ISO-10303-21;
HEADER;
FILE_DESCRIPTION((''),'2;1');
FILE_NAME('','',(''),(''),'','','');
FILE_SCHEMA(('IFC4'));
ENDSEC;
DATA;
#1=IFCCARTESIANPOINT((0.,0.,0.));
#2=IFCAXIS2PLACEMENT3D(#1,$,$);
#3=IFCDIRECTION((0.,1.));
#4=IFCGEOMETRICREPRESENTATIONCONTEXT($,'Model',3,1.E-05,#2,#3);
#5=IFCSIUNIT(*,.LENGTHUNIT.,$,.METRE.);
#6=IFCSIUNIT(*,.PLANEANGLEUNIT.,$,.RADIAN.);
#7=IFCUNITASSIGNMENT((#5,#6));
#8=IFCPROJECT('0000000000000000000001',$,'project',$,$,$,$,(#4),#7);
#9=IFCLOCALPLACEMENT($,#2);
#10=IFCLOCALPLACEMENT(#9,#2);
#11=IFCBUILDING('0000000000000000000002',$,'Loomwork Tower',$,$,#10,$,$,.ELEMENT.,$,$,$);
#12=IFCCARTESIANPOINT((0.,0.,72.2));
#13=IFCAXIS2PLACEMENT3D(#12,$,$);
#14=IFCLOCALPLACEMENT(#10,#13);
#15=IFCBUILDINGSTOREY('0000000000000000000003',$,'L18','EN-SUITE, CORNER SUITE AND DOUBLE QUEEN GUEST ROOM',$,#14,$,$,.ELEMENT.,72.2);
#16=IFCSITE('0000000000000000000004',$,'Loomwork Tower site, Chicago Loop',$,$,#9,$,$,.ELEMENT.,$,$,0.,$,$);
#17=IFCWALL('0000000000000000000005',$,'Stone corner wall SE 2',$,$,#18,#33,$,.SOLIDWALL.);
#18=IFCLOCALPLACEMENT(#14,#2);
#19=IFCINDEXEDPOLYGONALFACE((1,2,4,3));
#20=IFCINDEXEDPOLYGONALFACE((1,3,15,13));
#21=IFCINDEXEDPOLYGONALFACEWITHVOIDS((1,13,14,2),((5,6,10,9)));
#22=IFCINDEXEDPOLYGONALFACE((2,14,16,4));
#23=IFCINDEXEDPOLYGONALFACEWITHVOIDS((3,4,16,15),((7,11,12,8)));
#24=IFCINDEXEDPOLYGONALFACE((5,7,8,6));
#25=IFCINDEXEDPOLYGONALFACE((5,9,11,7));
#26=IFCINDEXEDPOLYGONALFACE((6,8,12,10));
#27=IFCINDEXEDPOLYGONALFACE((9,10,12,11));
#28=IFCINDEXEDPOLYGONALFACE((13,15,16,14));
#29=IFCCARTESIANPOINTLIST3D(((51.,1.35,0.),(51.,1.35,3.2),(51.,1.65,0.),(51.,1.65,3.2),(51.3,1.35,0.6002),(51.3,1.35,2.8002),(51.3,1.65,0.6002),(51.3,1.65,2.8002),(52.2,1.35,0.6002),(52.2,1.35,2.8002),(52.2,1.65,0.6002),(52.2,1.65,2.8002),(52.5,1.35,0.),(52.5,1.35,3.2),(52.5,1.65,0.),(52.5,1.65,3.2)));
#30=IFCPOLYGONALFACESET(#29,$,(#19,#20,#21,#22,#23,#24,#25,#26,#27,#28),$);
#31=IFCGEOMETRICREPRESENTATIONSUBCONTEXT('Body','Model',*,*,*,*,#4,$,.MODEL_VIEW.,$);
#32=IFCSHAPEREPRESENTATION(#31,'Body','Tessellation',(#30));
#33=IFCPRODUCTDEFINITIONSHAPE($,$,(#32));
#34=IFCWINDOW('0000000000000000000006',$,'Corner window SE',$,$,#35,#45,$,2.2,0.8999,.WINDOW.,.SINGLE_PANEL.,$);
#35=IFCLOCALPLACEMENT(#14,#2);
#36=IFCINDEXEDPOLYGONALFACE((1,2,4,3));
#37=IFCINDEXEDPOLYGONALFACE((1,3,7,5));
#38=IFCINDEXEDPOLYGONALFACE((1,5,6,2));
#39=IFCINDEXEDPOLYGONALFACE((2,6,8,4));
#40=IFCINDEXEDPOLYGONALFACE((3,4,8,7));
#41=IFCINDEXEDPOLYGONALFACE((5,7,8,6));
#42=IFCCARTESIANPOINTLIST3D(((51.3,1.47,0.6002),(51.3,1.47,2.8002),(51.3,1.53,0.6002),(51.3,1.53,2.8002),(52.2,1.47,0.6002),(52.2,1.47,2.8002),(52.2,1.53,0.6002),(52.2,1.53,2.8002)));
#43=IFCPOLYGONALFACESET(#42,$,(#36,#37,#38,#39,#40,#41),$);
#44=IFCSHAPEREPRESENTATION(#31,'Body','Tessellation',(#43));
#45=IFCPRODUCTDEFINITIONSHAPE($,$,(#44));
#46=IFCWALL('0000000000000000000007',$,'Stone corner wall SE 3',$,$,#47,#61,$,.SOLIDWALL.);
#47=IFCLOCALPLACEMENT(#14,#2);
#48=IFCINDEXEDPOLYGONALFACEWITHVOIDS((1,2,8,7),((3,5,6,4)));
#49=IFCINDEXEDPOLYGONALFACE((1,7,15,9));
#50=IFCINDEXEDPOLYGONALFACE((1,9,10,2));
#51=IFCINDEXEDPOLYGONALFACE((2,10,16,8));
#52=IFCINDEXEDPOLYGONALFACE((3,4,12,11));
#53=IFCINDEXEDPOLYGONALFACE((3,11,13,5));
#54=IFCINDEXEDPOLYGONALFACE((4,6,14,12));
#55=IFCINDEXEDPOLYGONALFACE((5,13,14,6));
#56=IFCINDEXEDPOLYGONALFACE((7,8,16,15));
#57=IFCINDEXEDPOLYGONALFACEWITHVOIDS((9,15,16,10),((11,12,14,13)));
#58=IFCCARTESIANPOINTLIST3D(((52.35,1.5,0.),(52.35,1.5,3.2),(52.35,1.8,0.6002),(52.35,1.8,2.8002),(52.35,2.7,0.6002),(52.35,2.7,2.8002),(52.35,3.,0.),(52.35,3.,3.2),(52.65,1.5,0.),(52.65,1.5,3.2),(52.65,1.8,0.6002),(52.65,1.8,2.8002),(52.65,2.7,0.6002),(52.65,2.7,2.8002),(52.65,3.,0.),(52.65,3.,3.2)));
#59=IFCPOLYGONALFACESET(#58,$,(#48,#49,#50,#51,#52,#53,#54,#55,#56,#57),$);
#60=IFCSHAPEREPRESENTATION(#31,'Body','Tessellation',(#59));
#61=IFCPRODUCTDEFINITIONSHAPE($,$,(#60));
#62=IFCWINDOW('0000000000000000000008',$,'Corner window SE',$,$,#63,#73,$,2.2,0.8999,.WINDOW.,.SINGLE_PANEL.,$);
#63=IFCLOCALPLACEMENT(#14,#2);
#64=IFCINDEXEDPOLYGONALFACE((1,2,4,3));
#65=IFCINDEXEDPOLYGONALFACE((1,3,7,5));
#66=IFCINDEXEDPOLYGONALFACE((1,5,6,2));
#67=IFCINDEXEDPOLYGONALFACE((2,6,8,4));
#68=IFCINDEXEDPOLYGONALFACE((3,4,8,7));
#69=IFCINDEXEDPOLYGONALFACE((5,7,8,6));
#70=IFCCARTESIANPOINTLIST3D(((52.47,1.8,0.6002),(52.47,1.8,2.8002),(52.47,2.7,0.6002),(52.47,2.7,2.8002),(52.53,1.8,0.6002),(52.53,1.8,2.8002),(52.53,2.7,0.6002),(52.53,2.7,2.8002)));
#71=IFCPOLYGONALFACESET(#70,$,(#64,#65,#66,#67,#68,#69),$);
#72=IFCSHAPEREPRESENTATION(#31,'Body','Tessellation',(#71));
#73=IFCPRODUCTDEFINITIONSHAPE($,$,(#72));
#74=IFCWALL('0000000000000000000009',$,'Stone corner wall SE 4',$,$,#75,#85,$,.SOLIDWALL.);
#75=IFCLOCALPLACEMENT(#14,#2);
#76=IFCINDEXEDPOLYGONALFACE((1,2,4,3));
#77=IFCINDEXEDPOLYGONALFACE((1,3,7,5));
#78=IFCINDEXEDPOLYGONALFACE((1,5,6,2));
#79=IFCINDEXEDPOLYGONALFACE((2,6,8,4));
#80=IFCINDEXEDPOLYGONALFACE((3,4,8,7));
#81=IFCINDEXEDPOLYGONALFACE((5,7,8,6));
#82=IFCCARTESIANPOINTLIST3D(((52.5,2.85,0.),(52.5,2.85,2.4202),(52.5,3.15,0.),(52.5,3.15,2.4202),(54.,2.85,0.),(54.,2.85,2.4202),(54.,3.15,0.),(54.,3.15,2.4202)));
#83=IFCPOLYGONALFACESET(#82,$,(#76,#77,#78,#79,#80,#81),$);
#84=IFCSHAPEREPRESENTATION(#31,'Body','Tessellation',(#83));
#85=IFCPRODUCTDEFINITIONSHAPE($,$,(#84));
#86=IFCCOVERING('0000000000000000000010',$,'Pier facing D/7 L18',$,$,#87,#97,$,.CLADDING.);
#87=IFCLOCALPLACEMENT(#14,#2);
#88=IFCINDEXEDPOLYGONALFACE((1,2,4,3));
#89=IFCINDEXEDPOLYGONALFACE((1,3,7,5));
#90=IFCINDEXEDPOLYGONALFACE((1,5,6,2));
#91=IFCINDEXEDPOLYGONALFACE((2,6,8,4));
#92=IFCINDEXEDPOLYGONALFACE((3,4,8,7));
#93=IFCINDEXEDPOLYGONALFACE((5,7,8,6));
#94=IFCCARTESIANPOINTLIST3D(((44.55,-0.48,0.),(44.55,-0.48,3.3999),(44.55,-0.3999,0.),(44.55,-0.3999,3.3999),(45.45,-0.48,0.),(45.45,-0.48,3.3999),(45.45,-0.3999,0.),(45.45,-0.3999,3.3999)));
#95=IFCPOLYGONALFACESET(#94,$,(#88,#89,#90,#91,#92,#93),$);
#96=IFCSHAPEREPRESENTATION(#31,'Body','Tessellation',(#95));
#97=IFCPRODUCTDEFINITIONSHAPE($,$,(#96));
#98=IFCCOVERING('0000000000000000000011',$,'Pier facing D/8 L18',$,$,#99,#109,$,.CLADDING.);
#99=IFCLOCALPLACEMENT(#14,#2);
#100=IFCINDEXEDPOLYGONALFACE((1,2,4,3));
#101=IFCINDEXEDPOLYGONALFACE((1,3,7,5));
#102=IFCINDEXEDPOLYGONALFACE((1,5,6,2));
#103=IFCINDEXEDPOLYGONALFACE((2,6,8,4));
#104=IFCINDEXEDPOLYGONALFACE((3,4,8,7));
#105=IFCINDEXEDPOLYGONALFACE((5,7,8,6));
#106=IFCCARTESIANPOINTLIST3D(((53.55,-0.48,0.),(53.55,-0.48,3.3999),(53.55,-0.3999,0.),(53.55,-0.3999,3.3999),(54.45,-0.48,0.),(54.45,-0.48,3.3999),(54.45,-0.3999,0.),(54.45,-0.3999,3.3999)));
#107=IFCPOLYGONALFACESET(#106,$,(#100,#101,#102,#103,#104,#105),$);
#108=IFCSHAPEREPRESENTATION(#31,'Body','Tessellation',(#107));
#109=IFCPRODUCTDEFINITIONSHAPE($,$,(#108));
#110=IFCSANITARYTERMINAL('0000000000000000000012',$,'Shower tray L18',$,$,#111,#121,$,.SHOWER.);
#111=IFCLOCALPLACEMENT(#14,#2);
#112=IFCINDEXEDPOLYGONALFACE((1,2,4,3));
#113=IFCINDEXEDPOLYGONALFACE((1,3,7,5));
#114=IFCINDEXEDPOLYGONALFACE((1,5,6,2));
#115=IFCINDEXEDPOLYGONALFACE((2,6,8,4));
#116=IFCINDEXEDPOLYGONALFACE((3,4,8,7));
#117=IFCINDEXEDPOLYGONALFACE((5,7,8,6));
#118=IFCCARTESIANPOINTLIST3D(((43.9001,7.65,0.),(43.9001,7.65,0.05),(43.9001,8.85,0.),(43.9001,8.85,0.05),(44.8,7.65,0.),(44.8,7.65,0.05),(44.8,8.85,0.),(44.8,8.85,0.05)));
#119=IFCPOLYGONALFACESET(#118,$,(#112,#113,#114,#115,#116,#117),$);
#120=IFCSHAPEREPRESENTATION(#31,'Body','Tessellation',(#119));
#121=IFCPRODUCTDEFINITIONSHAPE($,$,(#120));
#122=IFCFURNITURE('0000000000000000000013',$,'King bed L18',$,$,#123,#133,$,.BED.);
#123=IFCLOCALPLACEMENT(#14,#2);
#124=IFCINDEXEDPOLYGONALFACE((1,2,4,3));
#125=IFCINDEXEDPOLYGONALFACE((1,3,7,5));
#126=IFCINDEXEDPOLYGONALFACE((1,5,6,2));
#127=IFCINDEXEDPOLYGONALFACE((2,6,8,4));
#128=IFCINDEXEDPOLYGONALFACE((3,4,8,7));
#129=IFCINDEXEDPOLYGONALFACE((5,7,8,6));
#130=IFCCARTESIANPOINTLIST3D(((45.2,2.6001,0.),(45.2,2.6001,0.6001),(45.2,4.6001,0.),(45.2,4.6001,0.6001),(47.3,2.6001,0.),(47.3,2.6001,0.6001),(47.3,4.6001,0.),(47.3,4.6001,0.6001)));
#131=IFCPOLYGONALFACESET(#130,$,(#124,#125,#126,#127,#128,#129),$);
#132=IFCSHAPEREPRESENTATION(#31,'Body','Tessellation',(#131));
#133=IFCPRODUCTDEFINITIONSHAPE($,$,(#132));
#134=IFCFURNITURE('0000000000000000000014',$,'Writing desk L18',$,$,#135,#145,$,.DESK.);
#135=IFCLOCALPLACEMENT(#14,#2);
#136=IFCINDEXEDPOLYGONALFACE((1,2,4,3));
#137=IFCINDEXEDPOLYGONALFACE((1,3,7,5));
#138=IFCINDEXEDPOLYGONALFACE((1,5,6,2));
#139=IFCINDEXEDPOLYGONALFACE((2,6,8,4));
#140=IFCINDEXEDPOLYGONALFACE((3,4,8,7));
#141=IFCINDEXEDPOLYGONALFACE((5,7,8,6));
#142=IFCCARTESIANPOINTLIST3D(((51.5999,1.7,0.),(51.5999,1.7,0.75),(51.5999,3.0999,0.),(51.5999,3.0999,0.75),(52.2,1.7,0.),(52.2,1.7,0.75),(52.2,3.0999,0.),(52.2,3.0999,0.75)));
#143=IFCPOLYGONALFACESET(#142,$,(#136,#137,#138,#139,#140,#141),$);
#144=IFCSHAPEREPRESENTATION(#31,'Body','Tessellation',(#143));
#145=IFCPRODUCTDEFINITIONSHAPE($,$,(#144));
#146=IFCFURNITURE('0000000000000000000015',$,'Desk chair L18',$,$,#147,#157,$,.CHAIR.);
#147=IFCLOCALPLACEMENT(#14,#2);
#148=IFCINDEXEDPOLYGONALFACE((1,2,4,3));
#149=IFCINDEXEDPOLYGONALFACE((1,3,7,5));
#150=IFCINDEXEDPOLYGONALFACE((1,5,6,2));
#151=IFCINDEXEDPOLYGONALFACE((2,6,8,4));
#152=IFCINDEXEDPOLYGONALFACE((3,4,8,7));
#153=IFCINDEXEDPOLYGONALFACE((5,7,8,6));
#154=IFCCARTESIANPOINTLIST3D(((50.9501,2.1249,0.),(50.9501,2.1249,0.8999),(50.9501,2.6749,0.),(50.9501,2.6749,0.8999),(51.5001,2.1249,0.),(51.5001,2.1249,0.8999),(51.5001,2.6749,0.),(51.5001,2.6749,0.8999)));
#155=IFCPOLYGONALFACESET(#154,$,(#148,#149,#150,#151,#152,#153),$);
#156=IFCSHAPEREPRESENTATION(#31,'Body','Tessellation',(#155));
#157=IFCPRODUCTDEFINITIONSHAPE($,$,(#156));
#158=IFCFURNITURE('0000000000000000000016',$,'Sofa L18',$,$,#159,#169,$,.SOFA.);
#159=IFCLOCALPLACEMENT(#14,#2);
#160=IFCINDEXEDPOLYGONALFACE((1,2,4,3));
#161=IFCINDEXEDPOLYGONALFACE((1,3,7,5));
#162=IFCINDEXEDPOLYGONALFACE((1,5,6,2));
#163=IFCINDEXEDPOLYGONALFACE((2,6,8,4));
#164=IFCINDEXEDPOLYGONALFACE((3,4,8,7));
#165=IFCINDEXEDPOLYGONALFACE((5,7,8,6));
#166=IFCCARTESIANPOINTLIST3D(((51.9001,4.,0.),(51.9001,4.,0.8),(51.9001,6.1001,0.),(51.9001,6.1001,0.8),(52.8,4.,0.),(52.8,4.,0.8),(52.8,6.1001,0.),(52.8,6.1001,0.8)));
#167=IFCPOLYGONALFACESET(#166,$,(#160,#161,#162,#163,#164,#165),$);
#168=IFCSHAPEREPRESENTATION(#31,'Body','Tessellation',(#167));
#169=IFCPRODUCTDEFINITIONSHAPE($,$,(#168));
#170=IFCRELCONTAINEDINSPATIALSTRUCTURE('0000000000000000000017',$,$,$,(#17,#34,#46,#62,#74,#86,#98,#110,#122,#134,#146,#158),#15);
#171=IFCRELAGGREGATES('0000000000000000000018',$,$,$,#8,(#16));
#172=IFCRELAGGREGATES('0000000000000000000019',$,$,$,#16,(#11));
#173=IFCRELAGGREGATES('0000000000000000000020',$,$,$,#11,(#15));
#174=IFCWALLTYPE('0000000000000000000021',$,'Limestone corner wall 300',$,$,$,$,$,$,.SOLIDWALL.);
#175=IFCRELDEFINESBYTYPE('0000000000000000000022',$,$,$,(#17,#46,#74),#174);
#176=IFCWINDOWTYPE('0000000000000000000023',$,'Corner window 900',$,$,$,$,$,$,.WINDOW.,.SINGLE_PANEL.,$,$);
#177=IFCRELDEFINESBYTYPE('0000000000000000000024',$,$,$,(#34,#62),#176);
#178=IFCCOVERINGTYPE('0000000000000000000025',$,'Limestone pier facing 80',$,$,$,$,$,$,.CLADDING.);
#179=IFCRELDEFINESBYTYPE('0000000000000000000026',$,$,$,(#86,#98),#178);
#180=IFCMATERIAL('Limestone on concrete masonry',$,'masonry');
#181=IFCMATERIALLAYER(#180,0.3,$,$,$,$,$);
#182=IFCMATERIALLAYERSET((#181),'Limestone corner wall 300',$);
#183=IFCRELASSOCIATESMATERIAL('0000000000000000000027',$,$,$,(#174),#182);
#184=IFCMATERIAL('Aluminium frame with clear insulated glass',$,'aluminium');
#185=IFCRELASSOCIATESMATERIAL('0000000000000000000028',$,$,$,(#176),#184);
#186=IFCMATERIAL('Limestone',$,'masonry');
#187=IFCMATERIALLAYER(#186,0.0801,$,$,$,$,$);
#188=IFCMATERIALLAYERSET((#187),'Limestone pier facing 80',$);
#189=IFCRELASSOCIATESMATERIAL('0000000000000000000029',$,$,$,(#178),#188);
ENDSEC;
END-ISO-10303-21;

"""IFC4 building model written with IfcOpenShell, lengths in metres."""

from ifc_helpers import new_model, si_unit, direction, frame, frame_2d, origin, origin_2d, place, context, subcontext, project, spatial, rectangle, extrude, material, layer, layer_set, type_object, element, fill, save


model = new_model("IFC4")

# Units and contexts
model_context = context("Model", 3, precision=1e-05, world=origin(), true_north=direction((0.0, 1.0)))
body_context = subcontext(model_context, "Body", "Model", "MODEL_VIEW")
ifc_project = project(units=[si_unit("LENGTHUNIT", "METRE"), si_unit("PLANEANGLEUNIT", "RADIAN")], contexts=[model_context])

# Site, building, storey
site_placement = place(None, origin())
site = spatial("IfcSite", under=ifc_project, at=site_placement, Name="Loomwork Tower site, Chicago Loop", CompositionType="ELEMENT", RefElevation=0.0)
building_placement = place(site_placement, origin())
building = spatial("IfcBuilding", under=site, at=building_placement, Name="Loomwork Tower", CompositionType="ELEMENT")
storey_placement = place(building_placement, frame((0.0, 0.0, 72.2)))
storey = spatial("IfcBuildingStorey", under=building, at=storey_placement, Name="L18", Description="EN-SUITE, CORNER SUITE AND DOUBLE QUEEN GUEST ROOM", CompositionType="ELEMENT", Elevation=72.2)

# Shared definitions
ifc_material_1 = material(Name="Limestone on concrete masonry", Category="masonry")
ifc_layer_1 = layer(ifc_material_1, 0.3)
ifc_layer_set_1 = layer_set([ifc_layer_1], Name="Limestone corner wall 300")
wall_type_1 = type_object("IfcWallType", Name="Limestone corner wall 300", PredefinedType="SOLIDWALL", material=ifc_layer_set_1)

# Walls, openings, windows
wall_1_placement = place(storey_placement, frame((51.0, 1.5, 0.0), z_axis=(0.0, 0.0, 1.0), x_axis=(1.0, 0.0, 0.0)))
wall_1 = element("IfcWall", 1, at=wall_1_placement, inside=storey, type_object=wall_type_1, Name="Stone corner wall SE 2", PredefinedType="SOLIDWALL", context=body_context, shape_type="SweptSolid", body=[
    extrude(rectangle(XDim=1.5, YDim=0.3, at=frame_2d((0.75, 0.0))), origin(), (0.0, 0.0, 1.0), 3.2),
])
opening_1_placement = place(wall_1_placement, frame((0.3, 0.0, 0.6001)))
opening_1 = element("IfcOpeningElement", 2, at=opening_1_placement, cuts=wall_1, PredefinedType="OPENING", context=body_context, shape_type="SweptSolid", body=[
    extrude(rectangle(XDim=0.8999, YDim=2.2, at=frame_2d((0.45, 1.1001))), frame((0.0, 0.1599, 0.0), z_axis=(0.0, -1.0, 0.0), x_axis=(1.0, 0.0, 0.0)), (0.0, 0.0, 1.0), 0.3201),
])
ifc_material_2 = material(Name="Aluminium frame with clear insulated glass", Category="aluminium")
window_type_1 = type_object("IfcWindowType", Name="Corner window 900", PartitioningType="SINGLE_PANEL", PredefinedType="WINDOW", material=ifc_material_2)
window_1_placement = place(opening_1_placement, origin())
window_1 = element("IfcWindow", 3, at=window_1_placement, inside=storey, type_object=window_type_1, Name="Corner window SE", OverallHeight=2.2, OverallWidth=0.8999, PartitioningType="SINGLE_PANEL", PredefinedType="WINDOW", context=body_context, shape_type="SweptSolid", body=[
    extrude(rectangle(XDim=0.8999, YDim=2.2, at=frame_2d((0.45, 1.1001))), frame((0.0, 0.03, 0.0), z_axis=(0.0, -1.0, 0.0), x_axis=(1.0, 0.0, 0.0)), (0.0, 0.0, 1.0), 0.0601),
])
fill(opening_1, window_1)
wall_2_placement = place(storey_placement, frame((52.5, 1.5, 0.0), z_axis=(0.0, 0.0, 1.0), x_axis=(0.0, 1.0, 0.0)))
wall_2 = element("IfcWall", 4, at=wall_2_placement, inside=storey, type_object=wall_type_1, Name="Stone corner wall SE 3", PredefinedType="SOLIDWALL", context=body_context, shape_type="SweptSolid", body=[
    extrude(rectangle(XDim=1.5, YDim=0.3, at=frame_2d((0.75, 0.0))), origin(), (0.0, 0.0, 1.0), 3.2),
])
opening_2_placement = place(wall_2_placement, frame((0.3, 0.0, 0.6001)))
opening_2 = element("IfcOpeningElement", 5, at=opening_2_placement, cuts=wall_2, PredefinedType="OPENING", context=body_context, shape_type="SweptSolid", body=[
    extrude(rectangle(XDim=0.8999, YDim=2.2, at=frame_2d((0.45, 1.1001))), frame((0.0, 0.1599, 0.0), z_axis=(0.0, -1.0, 0.0), x_axis=(1.0, 0.0, 0.0)), (0.0, 0.0, 1.0), 0.3201),
])
window_2_placement = place(opening_2_placement, origin())
window_2 = element("IfcWindow", 6, at=window_2_placement, inside=storey, type_object=window_type_1, Name="Corner window SE", OverallHeight=2.2, OverallWidth=0.8999, PartitioningType="SINGLE_PANEL", PredefinedType="WINDOW", context=body_context, shape_type="SweptSolid", body=[
    extrude(rectangle(XDim=0.8999, YDim=2.2, at=frame_2d((0.45, 1.1001))), frame((0.0, 0.03, 0.0), z_axis=(0.0, -1.0, 0.0), x_axis=(1.0, 0.0, 0.0)), (0.0, 0.0, 1.0), 0.0601),
])
fill(opening_2, window_2)

# Wall
wall_3_placement = place(storey_placement, frame((52.5, 3.0, 0.0), z_axis=(0.0, 0.0, 1.0), x_axis=(1.0, 0.0, 0.0)))
element("IfcWall", 7, at=wall_3_placement, inside=storey, type_object=wall_type_1, Name="Stone corner wall SE 4", PredefinedType="SOLIDWALL", context=body_context, shape_type="SweptSolid", body=[
    extrude(rectangle(XDim=1.5, YDim=0.3, at=frame_2d((0.75, 0.0))), origin(), (0.0, 0.0, 1.0), 2.4202),
])

# Coverings
ifc_material_3 = material(Name="Limestone", Category="masonry")
ifc_layer_2 = layer(ifc_material_3, 0.0801)
ifc_layer_set_2 = layer_set([ifc_layer_2], Name="Limestone pier facing 80")
covering_type = type_object("IfcCoveringType", Name="Limestone pier facing 80", PredefinedType="CLADDING", material=ifc_layer_set_2)
for number, where, z_axis, x_axis, name in (
    (8, (45.0, -0.4399, 0.0), (0.0, 0.0, 1.0), (1.0, 0.0, 0.0), "Pier facing D/7 L18"),
    (9, (54.0, -0.4399, 0.0), (0.0, 0.0, 1.0), (1.0, 0.0, 0.0), "Pier facing D/8 L18"),
):
    element("IfcCovering", number, at=place(storey_placement, frame(where, z_axis=z_axis, x_axis=x_axis)), inside=storey, type_object=covering_type, Name=name, PredefinedType="CLADDING", context=body_context, shape_type="SweptSolid", body=[
        extrude(rectangle(XDim=0.8999, YDim=0.0801, at=origin_2d()), origin(), (0.0, 0.0, 1.0), 3.3999),
    ])

# Sanitary terminal
sanitary_terminal_placement = place(storey_placement, frame((44.3501, 8.25, 0.0), z_axis=(0.0, 0.0, 1.0), x_axis=(1.0, 0.0, 0.0)))
element("IfcSanitaryTerminal", 10, at=sanitary_terminal_placement, inside=storey, Name="Shower tray L18", PredefinedType="SHOWER", context=body_context, shape_type="SweptSolid", body=[
    extrude(rectangle(XDim=0.8999, YDim=1.2, at=origin_2d()), origin(), (0.0, 0.0, 1.0), 0.05),
])

# Furniture
furniture_1_placement = place(storey_placement, frame((46.25, 3.6001, 0.0), z_axis=(0.0, 0.0, 1.0), x_axis=(1.0, 0.0, 0.0)))
element("IfcFurniture", 11, at=furniture_1_placement, inside=storey, Name="King bed L18", PredefinedType="BED", context=body_context, shape_type="SweptSolid", body=[
    extrude(rectangle(XDim=2.1001, YDim=2.0, at=origin_2d()), origin(), (0.0, 0.0, 1.0), 0.6001),
])
furniture_2_placement = place(storey_placement, frame((51.8999, 2.3999, 0.0), z_axis=(0.0, 0.0, 1.0), x_axis=(1.0, 0.0, 0.0)))
element("IfcFurniture", 12, at=furniture_2_placement, inside=storey, Name="Writing desk L18", PredefinedType="DESK", context=body_context, shape_type="SweptSolid", body=[
    extrude(rectangle(XDim=0.6001, YDim=1.3999, at=origin_2d()), origin(), (0.0, 0.0, 1.0), 0.75),
])
furniture_3_placement = place(storey_placement, frame((51.2251, 2.3999, 0.0), z_axis=(0.0, 0.0, 1.0), x_axis=(1.0, 0.0, 0.0)))
element("IfcFurniture", 13, at=furniture_3_placement, inside=storey, Name="Desk chair L18", PredefinedType="CHAIR", context=body_context, shape_type="SweptSolid", body=[
    extrude(rectangle(XDim=0.55, YDim=0.55, at=origin_2d()), origin(), (0.0, 0.0, 1.0), 0.8999),
])
furniture_4_placement = place(storey_placement, frame((52.3501, 5.05, 0.0), z_axis=(0.0, 0.0, 1.0), x_axis=(1.0, 0.0, 0.0)))
element("IfcFurniture", 14, at=furniture_4_placement, inside=storey, Name="Sofa L18", PredefinedType="SOFA", context=body_context, shape_type="SweptSolid", body=[
    extrude(rectangle(XDim=0.8999, YDim=2.1001, at=origin_2d()), origin(), (0.0, 0.0, 1.0), 0.8),
])

save(model, "model.ifc")
